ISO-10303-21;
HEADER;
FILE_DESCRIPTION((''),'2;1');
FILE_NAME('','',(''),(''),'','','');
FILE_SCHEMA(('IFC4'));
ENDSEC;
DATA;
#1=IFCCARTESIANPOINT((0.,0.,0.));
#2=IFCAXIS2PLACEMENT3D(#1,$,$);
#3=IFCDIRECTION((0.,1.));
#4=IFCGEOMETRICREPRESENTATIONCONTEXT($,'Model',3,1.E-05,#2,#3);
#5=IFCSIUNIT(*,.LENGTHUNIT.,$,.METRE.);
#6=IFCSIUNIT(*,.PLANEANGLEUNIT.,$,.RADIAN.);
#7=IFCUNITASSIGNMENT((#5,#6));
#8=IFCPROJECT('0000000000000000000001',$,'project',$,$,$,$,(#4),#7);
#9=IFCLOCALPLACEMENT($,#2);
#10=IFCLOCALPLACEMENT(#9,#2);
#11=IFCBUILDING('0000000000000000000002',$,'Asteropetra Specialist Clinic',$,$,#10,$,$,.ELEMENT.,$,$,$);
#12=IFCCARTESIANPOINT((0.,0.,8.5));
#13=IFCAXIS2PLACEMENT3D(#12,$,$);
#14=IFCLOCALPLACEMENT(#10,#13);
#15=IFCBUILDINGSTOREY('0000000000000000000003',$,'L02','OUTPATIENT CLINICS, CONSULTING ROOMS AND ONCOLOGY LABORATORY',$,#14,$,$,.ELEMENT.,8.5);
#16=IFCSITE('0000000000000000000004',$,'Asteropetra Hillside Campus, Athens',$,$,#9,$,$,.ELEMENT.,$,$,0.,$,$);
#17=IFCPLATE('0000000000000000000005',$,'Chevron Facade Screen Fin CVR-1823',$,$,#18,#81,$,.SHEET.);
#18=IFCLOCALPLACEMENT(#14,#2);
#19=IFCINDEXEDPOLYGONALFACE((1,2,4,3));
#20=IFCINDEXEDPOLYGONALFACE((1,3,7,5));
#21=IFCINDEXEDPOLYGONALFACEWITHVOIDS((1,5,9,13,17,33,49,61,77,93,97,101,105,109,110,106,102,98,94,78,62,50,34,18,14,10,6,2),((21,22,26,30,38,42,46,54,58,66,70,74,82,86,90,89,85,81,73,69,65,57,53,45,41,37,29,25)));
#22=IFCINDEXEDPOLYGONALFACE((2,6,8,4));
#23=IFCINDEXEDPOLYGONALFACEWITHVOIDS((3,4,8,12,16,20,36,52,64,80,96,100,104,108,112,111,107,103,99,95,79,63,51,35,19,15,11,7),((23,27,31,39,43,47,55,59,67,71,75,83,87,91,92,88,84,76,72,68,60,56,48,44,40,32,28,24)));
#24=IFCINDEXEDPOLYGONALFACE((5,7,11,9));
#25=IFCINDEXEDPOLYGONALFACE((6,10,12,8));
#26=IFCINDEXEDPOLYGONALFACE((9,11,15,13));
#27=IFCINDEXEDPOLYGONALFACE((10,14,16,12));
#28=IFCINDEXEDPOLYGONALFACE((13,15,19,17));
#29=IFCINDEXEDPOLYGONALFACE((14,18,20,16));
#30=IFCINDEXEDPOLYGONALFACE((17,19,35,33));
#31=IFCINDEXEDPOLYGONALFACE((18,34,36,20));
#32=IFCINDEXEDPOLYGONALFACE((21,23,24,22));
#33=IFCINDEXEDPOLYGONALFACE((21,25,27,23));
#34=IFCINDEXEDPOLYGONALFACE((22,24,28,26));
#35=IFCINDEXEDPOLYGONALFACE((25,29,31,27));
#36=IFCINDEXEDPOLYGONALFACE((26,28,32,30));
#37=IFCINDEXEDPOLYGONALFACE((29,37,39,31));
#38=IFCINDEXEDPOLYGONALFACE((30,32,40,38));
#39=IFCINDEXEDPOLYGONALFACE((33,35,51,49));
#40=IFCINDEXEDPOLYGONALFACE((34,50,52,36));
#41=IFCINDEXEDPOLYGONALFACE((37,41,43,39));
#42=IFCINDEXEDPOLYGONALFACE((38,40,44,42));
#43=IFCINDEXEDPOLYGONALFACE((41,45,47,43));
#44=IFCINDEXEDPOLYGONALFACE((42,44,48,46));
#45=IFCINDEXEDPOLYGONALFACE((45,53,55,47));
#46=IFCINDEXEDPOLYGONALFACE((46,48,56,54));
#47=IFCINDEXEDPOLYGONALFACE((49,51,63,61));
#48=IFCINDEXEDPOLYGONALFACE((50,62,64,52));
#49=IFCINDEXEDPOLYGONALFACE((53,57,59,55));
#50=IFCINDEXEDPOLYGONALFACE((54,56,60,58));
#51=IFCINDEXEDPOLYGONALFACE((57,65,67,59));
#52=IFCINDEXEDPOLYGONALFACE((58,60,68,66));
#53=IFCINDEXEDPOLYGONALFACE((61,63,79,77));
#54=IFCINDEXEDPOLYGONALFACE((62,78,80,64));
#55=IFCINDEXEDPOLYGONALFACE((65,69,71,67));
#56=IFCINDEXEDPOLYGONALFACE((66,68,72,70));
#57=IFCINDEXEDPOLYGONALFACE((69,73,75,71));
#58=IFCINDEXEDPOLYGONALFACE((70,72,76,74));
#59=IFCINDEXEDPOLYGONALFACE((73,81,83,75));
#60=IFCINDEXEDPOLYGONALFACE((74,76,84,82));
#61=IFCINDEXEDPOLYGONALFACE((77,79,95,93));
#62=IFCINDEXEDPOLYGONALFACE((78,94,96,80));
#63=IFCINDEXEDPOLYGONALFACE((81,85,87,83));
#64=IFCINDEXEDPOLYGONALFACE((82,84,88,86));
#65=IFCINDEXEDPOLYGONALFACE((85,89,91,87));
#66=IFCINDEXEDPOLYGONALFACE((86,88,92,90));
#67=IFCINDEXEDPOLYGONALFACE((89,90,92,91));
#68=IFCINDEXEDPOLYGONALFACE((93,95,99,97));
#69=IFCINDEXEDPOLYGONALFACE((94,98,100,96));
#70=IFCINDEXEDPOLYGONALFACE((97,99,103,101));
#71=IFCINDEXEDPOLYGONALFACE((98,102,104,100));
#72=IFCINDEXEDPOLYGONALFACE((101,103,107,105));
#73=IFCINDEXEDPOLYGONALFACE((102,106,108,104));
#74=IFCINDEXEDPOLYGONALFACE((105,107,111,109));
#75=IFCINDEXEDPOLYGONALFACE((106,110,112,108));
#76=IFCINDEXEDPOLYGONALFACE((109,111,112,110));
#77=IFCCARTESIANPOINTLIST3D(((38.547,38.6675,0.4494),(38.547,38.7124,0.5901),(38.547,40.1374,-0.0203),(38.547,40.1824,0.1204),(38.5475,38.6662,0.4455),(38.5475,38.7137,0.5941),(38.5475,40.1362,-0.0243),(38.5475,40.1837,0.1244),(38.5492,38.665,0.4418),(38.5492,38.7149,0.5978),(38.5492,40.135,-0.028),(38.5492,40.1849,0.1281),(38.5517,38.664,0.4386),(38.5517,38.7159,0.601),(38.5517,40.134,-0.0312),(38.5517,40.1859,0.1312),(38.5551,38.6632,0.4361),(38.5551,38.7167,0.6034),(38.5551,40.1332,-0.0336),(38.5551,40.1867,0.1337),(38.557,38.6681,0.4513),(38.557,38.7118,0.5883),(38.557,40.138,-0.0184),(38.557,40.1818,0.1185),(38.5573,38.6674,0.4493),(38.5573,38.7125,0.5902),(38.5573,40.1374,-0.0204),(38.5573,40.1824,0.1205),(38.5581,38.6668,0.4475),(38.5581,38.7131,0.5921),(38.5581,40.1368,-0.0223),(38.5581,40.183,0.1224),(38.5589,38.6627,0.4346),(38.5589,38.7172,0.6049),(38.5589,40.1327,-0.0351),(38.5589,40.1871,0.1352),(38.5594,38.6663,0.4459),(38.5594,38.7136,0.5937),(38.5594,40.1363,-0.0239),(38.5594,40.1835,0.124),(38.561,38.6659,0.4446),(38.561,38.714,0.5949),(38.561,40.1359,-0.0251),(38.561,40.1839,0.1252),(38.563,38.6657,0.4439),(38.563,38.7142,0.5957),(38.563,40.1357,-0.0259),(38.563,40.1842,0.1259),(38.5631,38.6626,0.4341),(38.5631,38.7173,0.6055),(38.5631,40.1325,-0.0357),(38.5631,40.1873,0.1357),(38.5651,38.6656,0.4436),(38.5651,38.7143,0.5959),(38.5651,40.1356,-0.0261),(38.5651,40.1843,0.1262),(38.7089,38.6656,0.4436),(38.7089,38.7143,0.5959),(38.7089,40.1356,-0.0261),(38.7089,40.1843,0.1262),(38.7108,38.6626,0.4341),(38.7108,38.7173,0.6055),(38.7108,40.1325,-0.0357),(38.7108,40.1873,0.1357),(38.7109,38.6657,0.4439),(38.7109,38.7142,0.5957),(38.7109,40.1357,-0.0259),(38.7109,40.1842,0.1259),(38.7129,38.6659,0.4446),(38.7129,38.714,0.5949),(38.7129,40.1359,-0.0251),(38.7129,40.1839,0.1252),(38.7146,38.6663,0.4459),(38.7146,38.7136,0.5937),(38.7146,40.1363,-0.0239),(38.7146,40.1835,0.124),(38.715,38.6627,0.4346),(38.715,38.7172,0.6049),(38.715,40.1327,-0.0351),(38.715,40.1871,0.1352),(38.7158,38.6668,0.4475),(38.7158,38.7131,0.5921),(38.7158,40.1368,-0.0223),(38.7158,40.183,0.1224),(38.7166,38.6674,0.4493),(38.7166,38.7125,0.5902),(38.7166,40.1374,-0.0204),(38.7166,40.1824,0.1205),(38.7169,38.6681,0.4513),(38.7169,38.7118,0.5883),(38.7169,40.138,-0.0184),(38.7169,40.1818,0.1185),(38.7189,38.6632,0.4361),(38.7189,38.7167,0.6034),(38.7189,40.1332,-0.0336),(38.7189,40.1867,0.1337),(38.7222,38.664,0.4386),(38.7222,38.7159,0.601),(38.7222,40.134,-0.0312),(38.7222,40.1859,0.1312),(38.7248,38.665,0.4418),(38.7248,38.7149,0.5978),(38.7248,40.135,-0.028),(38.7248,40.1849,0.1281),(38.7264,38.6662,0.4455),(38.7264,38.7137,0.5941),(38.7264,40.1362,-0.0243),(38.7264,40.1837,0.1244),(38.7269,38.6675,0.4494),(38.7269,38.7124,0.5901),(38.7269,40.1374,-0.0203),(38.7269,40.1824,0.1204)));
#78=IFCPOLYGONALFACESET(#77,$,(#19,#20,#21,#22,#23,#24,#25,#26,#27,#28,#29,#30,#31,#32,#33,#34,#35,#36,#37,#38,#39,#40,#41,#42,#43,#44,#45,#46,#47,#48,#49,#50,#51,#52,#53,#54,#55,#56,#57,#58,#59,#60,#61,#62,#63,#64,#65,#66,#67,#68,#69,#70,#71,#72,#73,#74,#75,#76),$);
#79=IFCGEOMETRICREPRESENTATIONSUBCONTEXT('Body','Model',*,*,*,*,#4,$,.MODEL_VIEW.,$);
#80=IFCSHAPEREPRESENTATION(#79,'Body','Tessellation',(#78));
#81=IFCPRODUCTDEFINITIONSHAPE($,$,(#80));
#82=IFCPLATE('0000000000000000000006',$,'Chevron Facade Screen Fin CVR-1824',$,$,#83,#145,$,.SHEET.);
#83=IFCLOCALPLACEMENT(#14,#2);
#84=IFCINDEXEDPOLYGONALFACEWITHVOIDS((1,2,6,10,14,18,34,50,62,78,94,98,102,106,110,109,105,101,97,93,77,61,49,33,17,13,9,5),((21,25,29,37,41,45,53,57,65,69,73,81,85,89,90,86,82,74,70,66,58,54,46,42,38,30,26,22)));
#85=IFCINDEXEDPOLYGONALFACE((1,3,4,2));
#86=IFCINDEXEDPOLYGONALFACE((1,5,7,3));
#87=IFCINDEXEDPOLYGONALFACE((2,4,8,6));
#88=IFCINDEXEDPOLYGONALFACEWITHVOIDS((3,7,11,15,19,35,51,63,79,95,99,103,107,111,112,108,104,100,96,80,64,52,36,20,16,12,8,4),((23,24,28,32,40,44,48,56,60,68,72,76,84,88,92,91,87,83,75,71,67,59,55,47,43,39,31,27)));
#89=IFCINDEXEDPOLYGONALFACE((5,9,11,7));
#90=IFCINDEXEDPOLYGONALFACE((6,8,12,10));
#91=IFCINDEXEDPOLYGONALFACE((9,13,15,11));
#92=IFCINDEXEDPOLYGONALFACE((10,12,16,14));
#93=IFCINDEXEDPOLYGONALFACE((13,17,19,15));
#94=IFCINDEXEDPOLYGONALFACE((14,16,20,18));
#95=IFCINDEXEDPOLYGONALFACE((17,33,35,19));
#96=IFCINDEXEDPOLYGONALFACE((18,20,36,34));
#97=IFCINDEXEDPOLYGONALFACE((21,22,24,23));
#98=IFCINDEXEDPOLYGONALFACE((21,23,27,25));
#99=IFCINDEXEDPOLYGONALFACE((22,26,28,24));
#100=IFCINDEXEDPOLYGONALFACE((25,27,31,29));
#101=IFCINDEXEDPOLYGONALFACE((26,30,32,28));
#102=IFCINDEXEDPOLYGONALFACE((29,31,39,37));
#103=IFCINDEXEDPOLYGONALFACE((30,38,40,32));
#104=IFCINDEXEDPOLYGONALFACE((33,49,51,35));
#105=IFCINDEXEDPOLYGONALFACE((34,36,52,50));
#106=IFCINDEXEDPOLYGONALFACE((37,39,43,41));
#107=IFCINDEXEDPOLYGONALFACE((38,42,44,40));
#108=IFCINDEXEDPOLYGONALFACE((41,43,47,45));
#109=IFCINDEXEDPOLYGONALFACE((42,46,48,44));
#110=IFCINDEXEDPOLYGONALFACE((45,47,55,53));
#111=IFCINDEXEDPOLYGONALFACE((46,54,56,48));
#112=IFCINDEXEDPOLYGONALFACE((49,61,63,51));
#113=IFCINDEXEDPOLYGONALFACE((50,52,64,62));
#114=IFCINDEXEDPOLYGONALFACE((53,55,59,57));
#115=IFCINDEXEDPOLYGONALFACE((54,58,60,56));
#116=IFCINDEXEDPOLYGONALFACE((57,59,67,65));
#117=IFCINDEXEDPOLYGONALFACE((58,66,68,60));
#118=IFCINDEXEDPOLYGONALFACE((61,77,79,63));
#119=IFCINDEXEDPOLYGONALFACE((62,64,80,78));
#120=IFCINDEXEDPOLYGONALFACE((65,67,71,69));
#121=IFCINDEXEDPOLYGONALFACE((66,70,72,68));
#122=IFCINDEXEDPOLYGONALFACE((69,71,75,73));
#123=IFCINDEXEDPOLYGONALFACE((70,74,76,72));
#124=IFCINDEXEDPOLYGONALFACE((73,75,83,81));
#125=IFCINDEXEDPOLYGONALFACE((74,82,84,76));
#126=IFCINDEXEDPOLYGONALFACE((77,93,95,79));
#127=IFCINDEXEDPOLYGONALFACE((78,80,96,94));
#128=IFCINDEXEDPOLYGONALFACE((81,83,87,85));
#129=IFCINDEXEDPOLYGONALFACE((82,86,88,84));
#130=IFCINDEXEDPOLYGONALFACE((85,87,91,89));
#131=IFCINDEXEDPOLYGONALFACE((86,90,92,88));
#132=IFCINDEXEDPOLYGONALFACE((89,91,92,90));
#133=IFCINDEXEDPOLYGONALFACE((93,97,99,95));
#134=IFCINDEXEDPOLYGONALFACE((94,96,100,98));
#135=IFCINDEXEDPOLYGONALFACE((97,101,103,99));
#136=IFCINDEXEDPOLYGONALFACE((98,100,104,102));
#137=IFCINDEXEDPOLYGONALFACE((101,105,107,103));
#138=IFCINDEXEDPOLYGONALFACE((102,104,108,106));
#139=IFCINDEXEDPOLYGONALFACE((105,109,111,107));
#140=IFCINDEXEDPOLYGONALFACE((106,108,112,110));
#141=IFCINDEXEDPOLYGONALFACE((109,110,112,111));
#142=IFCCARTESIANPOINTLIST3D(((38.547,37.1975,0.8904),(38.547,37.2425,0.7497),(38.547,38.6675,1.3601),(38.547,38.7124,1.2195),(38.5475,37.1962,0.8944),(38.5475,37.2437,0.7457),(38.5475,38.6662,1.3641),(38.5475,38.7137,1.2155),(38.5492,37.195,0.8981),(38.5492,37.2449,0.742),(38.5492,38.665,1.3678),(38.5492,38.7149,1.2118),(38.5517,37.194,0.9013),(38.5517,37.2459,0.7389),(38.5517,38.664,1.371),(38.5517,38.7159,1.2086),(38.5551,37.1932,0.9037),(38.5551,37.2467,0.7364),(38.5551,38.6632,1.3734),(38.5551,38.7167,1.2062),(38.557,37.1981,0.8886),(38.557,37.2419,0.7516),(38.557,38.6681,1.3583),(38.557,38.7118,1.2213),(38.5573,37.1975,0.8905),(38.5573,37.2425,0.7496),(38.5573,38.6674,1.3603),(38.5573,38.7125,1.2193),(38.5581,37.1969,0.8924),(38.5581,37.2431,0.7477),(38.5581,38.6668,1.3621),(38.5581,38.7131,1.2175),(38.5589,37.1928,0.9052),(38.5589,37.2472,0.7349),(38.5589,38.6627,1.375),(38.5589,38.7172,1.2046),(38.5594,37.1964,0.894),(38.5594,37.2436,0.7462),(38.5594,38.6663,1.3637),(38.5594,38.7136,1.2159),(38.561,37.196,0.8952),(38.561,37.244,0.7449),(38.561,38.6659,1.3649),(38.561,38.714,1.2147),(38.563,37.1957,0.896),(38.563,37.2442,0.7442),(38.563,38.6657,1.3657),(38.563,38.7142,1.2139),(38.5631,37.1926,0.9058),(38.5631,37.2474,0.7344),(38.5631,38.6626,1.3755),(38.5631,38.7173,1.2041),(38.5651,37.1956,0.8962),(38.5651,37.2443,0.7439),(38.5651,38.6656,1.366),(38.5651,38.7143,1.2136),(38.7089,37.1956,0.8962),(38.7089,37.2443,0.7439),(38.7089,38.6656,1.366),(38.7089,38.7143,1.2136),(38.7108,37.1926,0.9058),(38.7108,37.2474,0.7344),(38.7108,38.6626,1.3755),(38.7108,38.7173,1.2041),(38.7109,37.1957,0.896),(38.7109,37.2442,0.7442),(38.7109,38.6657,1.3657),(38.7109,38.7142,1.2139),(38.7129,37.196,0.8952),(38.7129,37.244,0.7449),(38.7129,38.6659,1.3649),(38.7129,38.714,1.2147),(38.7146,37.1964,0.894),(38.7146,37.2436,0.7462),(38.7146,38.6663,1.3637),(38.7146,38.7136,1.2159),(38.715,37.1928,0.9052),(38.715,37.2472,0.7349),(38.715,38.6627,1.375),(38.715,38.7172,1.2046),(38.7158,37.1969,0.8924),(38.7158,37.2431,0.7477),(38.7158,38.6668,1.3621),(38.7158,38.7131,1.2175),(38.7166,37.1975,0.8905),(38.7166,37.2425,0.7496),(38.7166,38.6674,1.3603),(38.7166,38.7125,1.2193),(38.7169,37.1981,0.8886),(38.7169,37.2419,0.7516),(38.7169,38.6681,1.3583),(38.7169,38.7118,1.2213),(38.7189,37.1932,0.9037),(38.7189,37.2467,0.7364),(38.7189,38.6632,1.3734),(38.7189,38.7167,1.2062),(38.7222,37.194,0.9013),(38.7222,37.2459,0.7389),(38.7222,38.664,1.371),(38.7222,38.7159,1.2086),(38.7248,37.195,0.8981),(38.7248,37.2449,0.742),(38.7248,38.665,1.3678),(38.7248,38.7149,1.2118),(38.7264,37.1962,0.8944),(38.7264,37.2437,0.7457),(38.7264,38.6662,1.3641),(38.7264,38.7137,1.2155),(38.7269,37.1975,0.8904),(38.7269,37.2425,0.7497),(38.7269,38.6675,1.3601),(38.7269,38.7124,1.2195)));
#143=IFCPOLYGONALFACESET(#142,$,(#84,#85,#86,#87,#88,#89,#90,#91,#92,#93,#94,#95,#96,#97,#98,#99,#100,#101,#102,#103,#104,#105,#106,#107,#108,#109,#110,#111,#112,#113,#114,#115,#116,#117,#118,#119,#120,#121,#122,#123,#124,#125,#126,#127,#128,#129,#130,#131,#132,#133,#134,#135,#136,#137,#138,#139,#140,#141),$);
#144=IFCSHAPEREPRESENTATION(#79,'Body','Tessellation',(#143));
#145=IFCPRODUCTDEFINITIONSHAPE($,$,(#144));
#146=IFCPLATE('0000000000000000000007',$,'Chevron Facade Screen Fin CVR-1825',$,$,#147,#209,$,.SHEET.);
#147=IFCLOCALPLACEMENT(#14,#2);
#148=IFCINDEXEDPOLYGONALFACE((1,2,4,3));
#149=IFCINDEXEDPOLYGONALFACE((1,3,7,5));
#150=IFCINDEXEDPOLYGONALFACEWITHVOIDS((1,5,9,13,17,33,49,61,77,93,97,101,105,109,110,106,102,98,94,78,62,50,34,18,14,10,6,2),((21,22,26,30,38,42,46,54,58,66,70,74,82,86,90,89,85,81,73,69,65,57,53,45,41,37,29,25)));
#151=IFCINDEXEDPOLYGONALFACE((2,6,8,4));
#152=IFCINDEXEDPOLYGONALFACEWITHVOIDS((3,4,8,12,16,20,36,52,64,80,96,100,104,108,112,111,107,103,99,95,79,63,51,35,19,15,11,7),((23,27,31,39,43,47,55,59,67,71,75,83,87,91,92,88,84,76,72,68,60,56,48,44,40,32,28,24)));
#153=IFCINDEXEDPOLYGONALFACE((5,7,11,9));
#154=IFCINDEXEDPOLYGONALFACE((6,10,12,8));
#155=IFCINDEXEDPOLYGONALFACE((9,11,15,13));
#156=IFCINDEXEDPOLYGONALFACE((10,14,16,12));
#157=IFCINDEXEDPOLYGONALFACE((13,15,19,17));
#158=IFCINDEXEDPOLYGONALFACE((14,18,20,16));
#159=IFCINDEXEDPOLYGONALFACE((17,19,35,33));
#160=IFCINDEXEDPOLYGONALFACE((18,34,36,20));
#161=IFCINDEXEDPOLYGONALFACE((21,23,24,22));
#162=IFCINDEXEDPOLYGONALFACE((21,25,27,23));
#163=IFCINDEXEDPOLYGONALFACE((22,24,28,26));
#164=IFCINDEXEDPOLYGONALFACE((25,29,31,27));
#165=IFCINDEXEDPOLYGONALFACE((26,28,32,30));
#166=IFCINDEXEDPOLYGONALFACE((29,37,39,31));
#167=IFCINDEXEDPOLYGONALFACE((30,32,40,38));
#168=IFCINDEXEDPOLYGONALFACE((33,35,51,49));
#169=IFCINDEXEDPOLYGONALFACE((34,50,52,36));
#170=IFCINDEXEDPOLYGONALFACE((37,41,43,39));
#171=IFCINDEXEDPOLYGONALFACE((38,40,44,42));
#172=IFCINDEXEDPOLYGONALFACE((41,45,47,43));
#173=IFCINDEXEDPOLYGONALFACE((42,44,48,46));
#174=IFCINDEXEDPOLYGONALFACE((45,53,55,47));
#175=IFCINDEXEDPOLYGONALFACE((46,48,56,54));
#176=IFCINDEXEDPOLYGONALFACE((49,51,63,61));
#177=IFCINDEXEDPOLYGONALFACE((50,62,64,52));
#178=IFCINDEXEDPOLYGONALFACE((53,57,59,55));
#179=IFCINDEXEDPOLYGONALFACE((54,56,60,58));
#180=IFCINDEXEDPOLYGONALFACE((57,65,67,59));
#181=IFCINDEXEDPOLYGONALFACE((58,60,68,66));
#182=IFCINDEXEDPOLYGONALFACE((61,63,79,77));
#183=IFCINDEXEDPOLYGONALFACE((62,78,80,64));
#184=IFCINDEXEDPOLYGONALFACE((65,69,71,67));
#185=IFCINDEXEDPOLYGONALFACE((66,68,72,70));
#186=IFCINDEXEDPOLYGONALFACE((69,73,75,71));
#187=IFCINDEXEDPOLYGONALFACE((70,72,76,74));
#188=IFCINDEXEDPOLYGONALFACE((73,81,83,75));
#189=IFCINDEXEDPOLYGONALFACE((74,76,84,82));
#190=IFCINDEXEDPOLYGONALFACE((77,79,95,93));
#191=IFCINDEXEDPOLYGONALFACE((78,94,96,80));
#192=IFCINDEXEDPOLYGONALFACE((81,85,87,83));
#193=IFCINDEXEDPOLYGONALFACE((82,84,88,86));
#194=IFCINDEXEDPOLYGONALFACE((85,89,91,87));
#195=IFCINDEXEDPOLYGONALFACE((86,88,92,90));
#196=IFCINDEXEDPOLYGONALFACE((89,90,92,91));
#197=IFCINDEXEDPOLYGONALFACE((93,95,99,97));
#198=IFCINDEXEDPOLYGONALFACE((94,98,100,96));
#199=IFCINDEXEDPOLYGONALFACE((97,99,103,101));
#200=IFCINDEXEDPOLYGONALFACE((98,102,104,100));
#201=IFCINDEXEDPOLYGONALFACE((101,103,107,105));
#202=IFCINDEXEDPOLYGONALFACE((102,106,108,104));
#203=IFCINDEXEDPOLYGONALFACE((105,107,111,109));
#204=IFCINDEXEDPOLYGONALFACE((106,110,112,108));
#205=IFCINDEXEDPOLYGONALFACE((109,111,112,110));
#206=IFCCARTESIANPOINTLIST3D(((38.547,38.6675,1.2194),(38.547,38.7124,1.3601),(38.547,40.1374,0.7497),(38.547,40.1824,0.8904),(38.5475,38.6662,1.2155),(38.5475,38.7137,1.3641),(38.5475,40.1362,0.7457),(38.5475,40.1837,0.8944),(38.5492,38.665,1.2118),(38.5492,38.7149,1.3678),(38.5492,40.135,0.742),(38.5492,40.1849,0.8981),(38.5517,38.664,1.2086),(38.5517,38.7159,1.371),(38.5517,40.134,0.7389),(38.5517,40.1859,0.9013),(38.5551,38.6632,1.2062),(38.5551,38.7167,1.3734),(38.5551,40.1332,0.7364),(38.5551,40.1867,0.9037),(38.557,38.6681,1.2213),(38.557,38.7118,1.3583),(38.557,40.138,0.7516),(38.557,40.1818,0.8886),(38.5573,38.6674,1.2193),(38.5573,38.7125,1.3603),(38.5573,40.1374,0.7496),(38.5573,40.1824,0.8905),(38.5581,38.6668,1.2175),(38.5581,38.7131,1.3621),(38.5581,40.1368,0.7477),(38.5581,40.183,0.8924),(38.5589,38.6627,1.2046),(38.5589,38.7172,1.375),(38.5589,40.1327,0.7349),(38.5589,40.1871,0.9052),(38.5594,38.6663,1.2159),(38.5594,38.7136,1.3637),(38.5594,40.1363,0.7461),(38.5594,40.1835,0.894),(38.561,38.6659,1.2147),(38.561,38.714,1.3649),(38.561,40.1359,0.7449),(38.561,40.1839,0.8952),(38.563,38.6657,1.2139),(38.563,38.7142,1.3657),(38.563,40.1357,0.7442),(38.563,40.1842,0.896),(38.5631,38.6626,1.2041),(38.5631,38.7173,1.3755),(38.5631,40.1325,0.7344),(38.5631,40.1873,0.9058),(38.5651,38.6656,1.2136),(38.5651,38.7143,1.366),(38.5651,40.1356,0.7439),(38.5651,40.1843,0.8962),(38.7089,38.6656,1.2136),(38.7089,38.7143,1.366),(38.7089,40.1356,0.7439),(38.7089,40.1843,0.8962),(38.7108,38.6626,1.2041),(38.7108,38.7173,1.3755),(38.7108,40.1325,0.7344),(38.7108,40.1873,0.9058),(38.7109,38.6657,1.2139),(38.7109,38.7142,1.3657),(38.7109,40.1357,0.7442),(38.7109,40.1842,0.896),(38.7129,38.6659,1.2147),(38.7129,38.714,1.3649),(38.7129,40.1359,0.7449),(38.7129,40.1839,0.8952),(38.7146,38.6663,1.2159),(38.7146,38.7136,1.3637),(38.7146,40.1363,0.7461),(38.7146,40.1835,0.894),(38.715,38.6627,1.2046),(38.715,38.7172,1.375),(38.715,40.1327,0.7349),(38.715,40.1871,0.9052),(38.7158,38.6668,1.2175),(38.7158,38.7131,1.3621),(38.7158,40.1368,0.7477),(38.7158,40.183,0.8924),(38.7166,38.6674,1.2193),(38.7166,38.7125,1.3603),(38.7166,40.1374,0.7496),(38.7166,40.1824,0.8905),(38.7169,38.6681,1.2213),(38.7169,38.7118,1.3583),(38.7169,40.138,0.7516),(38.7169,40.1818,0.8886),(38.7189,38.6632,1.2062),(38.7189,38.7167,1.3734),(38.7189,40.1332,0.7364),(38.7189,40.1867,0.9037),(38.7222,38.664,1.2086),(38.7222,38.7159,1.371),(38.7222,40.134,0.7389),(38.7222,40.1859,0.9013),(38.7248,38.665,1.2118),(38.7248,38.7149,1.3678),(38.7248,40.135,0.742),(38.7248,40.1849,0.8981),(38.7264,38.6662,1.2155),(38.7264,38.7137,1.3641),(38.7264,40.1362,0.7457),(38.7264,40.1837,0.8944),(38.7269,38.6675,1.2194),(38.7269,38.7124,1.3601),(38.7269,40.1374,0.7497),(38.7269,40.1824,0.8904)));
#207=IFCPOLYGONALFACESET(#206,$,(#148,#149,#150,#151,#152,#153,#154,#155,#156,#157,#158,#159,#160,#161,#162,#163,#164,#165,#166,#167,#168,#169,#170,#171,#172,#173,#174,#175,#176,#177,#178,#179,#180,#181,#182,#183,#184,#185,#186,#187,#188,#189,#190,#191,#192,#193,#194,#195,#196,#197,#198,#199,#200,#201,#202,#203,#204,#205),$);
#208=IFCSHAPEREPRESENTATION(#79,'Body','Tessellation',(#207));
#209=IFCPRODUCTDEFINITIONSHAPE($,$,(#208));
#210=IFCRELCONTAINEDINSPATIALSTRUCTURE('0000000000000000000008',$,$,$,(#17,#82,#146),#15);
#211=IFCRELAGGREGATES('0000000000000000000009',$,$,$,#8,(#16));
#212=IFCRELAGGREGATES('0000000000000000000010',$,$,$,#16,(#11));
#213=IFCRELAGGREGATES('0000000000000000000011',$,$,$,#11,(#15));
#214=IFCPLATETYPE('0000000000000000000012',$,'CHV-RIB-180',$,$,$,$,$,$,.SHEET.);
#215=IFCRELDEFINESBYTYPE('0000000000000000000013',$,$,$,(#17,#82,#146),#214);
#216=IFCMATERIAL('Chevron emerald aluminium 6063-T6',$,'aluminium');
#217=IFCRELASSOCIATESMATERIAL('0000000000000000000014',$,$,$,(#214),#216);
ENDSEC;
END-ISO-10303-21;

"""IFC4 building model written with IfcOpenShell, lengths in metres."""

from ifc_helpers import new_model, si_unit, direction, frame, origin, origin_2d, place, context, subcontext, project, spatial, hollow_rectangle, extrude, material, material_profile, profile_set, type_object, element, save


model = new_model("IFC4")

# Units and contexts
model_context = context("Model", 3, precision=1e-05, world=origin(), true_north=direction((0.0, 1.0)))
body_context = subcontext(model_context, "Body", "Model", "MODEL_VIEW")
ifc_project = project(units=[si_unit("LENGTHUNIT", "METRE"), si_unit("PLANEANGLEUNIT", "RADIAN")], contexts=[model_context])

# Site, building, storey
site_placement = place(None, origin())
site = spatial("IfcSite", under=ifc_project, at=site_placement, Name="Asteropetra Hillside Campus, Athens", CompositionType="ELEMENT", RefElevation=0.0)
building_placement = place(site_placement, origin())
building = spatial("IfcBuilding", under=site, at=building_placement, Name="Asteropetra Specialist Clinic", CompositionType="ELEMENT")
storey_placement = place(building_placement, frame((0.0, 0.0, 8.5)))
storey = spatial("IfcBuildingStorey", under=building, at=storey_placement, Name="L02", Description="OUTPATIENT CLINICS, CONSULTING ROOMS AND ONCOLOGY LABORATORY", CompositionType="ELEMENT", Elevation=8.5)

# Plates
ifc_material_1 = material(Name="Chevron emerald aluminium 6063-T6", Category="aluminium")
ifc_material_profile_1 = material_profile(ifc_material_1, hollow_rectangle(XDim=0.1799, YDim=0.1799, WallThickness=0.01, InnerFilletRadius=0.0081, OuterFilletRadius=0.0161, at=origin_2d()), Name="SHS 180x180x10.0")
ifc_profile_set_1 = profile_set([ifc_material_profile_1], Name="Chevron emerald aluminium 6063-T6")
plate_type_1 = type_object("IfcPlateType", Name="CHV-RIB-180", PredefinedType="SHEET", material=ifc_profile_set_1)
for number, where, z_axis, x_axis, name in (
    (1, (38.637, 38.6899, 0.5198), (0.0, 0.952549, -0.304385), (-1.0, 0.0, 0.0), "Chevron Facade Screen Fin CVR-1823"),
    (2, (38.637, 37.22, 0.8201), (0.0, 0.952549, 0.304385), (-1.0, 0.0, 0.0), "Chevron Facade Screen Fin CVR-1824"),
    (3, (38.637, 38.6899, 1.2898), (0.0, 0.952549, -0.304385), (-1.0, 0.0, 0.0), "Chevron Facade Screen Fin CVR-1825"),
):
    element("IfcPlate", number, at=place(storey_placement, frame(where, z_axis=z_axis, x_axis=x_axis)), inside=storey, type_object=plate_type_1, Name=name, PredefinedType="SHEET", context=body_context, shape_type="SweptSolid", body=[
        extrude(hollow_rectangle(XDim=0.1799, YDim=0.1799, WallThickness=0.01, InnerFilletRadius=0.0081, OuterFilletRadius=0.0161, at=origin_2d()), origin(), (0.0, 0.0, 1.0), 1.5432),
    ])

save(model, "model.ifc")
